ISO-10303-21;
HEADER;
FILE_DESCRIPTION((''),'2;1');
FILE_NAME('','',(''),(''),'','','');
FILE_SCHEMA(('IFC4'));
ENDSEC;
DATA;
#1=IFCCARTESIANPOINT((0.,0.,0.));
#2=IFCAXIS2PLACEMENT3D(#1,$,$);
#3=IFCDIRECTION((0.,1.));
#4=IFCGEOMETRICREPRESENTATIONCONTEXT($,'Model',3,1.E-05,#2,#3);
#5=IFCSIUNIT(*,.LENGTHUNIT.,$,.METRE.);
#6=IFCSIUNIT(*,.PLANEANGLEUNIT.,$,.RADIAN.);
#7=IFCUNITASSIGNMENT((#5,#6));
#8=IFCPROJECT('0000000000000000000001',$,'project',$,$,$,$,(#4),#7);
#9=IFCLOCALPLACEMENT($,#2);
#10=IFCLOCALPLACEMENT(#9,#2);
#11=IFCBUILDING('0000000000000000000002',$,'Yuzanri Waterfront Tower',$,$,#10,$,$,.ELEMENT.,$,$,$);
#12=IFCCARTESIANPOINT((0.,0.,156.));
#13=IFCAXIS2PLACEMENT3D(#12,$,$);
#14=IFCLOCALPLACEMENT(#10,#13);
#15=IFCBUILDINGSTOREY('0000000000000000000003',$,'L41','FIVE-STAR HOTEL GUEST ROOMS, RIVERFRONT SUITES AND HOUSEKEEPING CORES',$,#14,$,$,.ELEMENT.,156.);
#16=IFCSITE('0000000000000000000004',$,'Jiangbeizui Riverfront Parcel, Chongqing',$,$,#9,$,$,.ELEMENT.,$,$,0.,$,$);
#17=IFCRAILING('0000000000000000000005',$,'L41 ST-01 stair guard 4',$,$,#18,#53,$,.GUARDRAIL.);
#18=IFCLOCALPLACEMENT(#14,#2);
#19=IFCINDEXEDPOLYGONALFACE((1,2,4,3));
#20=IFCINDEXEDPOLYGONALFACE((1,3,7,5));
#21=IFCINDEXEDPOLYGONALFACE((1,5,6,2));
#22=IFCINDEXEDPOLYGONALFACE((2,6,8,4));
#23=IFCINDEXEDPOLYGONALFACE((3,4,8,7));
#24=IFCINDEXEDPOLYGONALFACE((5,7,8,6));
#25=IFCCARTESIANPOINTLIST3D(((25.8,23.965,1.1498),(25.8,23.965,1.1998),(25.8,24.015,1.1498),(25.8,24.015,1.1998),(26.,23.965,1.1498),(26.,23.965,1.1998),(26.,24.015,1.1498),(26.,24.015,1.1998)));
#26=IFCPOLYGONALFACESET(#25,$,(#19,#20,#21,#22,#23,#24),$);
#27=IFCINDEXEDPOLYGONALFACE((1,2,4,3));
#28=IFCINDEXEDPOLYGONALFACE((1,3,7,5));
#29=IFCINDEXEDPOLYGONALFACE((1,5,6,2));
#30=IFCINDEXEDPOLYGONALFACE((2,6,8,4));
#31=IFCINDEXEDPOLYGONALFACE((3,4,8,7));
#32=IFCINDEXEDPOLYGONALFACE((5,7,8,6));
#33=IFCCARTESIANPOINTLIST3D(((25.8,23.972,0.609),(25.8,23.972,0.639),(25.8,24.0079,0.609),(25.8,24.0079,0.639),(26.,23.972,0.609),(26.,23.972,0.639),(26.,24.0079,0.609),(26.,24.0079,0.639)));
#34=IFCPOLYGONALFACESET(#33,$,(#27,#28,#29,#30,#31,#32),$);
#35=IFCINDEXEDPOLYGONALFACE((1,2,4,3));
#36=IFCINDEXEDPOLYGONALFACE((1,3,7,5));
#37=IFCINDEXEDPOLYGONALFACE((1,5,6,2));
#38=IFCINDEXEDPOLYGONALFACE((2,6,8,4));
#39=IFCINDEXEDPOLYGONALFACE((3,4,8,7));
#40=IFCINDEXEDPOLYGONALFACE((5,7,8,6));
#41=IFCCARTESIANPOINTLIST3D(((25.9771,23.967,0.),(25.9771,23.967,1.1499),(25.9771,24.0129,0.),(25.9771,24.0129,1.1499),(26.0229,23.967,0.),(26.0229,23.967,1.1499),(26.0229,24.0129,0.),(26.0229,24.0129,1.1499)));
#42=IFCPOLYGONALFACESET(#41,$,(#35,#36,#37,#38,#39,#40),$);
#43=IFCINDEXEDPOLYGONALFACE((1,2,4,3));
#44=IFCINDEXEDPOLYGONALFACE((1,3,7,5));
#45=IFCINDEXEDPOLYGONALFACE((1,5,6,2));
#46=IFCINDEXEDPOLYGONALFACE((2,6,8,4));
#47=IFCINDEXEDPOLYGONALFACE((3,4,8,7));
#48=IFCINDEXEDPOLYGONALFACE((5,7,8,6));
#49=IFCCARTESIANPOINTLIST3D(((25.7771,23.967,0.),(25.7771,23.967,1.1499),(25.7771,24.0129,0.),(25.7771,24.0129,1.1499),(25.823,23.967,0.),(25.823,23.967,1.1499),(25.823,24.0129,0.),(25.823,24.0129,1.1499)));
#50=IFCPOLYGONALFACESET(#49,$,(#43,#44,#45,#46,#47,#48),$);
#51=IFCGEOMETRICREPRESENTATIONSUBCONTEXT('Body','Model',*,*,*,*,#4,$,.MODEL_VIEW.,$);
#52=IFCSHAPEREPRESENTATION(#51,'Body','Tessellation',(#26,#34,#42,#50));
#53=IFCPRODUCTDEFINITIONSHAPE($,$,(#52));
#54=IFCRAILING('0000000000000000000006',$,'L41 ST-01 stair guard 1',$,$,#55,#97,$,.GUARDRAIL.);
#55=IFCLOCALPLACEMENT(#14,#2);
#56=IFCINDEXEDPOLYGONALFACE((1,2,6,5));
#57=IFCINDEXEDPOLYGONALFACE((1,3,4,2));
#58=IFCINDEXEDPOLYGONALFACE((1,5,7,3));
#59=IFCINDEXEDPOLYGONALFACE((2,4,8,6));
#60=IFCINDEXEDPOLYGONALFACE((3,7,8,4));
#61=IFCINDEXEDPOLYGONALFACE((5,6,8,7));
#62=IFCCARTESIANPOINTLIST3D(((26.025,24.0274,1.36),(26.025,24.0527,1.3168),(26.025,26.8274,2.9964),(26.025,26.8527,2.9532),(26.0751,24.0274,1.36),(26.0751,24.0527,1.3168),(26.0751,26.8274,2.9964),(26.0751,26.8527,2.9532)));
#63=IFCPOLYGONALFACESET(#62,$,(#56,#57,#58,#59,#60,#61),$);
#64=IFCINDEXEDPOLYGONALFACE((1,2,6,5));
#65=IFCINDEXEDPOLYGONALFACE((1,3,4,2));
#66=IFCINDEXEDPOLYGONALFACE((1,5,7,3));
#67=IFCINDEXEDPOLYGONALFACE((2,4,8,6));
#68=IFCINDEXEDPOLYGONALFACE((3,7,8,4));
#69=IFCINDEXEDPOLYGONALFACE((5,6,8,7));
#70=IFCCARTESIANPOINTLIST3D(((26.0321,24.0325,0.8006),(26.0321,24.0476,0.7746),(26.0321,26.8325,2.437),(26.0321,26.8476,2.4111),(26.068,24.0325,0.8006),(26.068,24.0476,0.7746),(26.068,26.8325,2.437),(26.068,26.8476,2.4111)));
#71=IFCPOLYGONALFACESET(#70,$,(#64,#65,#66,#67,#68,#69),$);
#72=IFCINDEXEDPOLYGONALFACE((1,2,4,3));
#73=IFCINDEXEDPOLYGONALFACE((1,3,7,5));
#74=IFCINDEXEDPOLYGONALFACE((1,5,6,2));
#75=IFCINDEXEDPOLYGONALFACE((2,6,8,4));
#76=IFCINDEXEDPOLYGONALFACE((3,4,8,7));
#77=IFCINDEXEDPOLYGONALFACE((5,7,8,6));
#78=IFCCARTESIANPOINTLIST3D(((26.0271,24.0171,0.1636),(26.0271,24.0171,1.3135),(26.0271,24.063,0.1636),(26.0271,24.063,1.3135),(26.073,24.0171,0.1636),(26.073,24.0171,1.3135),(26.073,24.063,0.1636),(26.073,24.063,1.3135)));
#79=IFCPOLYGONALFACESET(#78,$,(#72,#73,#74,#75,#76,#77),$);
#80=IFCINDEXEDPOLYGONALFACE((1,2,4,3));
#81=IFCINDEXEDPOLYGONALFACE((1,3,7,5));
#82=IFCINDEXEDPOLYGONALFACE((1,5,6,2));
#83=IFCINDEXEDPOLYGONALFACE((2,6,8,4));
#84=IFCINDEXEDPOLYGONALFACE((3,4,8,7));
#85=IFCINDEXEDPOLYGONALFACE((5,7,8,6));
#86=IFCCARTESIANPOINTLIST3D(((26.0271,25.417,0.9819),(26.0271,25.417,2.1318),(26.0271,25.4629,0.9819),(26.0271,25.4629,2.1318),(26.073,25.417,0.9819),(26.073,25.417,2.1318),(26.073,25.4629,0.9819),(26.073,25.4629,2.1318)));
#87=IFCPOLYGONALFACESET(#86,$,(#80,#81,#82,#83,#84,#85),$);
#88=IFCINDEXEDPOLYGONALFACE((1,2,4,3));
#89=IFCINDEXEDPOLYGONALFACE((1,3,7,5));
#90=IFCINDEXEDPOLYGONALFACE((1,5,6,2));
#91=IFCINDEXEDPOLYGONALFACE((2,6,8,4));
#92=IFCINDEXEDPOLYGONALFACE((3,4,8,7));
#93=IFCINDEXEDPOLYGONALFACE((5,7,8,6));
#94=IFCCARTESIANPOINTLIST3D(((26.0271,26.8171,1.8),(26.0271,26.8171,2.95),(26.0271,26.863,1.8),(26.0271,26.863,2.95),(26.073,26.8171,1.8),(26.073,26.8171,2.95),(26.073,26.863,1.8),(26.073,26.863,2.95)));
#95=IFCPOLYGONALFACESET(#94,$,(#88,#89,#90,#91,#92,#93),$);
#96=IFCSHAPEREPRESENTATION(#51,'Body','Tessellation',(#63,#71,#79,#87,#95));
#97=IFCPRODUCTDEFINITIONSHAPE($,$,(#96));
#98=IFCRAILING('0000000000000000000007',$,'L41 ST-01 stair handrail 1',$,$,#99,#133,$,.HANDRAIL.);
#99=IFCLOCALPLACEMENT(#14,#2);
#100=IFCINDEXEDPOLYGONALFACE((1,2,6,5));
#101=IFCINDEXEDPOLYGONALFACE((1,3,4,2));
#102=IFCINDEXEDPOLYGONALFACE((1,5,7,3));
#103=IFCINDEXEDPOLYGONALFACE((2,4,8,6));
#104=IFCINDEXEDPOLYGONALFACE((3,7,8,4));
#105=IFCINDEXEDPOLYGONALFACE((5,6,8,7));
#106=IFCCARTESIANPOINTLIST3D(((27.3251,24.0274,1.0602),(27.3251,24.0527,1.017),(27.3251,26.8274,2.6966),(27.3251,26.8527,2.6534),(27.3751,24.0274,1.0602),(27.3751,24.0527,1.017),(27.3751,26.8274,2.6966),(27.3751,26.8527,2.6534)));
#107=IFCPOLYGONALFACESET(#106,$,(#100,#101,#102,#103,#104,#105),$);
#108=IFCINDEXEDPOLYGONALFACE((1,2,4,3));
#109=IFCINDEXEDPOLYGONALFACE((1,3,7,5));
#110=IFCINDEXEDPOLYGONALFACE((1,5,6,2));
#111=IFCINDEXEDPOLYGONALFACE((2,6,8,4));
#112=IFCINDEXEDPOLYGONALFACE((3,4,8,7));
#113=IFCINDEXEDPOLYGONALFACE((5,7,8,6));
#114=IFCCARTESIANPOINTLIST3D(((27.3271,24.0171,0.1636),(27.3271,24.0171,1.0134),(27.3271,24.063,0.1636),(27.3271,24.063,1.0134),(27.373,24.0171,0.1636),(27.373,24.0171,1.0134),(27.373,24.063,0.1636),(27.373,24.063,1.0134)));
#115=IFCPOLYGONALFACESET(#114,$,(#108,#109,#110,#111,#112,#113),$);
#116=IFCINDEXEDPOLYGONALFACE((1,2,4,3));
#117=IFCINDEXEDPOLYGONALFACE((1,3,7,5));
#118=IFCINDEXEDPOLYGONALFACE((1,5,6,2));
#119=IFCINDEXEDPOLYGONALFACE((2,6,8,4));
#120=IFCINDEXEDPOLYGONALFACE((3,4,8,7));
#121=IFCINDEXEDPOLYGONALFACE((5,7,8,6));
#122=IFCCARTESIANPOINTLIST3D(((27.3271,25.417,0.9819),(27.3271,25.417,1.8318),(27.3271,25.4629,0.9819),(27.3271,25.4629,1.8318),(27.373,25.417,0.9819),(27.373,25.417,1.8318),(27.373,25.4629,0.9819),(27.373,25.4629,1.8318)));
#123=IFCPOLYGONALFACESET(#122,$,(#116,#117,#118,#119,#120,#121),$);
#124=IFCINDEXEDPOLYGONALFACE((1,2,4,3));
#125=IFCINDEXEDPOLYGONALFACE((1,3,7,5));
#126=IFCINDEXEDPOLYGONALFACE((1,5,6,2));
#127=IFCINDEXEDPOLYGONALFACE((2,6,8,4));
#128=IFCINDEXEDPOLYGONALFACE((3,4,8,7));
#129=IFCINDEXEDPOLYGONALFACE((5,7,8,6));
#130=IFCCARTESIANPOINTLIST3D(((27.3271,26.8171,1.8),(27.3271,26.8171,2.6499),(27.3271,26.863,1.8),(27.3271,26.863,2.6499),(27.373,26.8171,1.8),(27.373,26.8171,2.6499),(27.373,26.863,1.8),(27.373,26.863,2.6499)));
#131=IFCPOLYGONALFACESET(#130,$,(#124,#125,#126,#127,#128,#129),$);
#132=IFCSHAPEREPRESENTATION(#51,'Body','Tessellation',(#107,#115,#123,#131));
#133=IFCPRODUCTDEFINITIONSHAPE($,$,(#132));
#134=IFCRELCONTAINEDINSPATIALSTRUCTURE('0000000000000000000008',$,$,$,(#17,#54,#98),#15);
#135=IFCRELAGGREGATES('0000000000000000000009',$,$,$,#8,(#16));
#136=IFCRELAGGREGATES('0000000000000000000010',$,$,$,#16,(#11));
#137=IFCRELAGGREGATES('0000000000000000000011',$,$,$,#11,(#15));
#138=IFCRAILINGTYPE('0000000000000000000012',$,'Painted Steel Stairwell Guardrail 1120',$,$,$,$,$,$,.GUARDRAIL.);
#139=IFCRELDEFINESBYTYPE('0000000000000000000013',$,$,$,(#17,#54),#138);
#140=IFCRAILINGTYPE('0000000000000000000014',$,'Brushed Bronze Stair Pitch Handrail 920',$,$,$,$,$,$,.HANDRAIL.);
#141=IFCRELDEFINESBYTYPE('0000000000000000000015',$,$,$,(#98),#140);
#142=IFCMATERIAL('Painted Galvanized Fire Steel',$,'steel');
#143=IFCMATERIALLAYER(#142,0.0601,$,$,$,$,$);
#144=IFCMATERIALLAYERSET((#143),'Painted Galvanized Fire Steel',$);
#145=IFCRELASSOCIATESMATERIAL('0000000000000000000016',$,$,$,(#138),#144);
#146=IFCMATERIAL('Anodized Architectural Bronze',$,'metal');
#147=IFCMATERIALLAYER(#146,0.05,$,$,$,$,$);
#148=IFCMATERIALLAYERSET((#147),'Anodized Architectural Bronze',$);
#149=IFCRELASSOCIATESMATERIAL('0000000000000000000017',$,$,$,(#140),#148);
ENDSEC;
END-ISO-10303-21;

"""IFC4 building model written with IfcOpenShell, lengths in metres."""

from ifc_helpers import new_model, si_unit, direction, frame, origin, origin_2d, place, context, subcontext, project, spatial, rectangle, extrude, source, transform, mapped, material, layer, layer_set, type_object, element, save


model = new_model("IFC4")

# Units and contexts
model_context = context("Model", 3, precision=1e-05, world=origin(), true_north=direction((0.0, 1.0)))
body_context = subcontext(model_context, "Body", "Model", "MODEL_VIEW")
ifc_project = project(units=[si_unit("LENGTHUNIT", "METRE"), si_unit("PLANEANGLEUNIT", "RADIAN")], contexts=[model_context])

# Site, building, storey
site_placement = place(None, origin())
site = spatial("IfcSite", under=ifc_project, at=site_placement, Name="Jiangbeizui Riverfront Parcel, Chongqing", CompositionType="ELEMENT", RefElevation=0.0)
building_placement = place(site_placement, origin())
building = spatial("IfcBuilding", under=site, at=building_placement, Name="Yuzanri Waterfront Tower", CompositionType="ELEMENT")
storey_placement = place(building_placement, frame((0.0, 0.0, 156.0)))
storey = spatial("IfcBuildingStorey", under=building, at=storey_placement, Name="L41", Description="FIVE-STAR HOTEL GUEST ROOMS, RIVERFRONT SUITES AND HOUSEKEEPING CORES", CompositionType="ELEMENT", Elevation=156.0)

# Railings
ifc_material_1 = material(Name="Painted Galvanized Fire Steel", Category="steel")
ifc_layer_1 = layer(ifc_material_1, 0.0601)
ifc_layer_set_1 = layer_set([ifc_layer_1], Name="Painted Galvanized Fire Steel")
railing_type_1 = type_object("IfcRailingType", Name="Painted Steel Stairwell Guardrail 1120", PredefinedType="GUARDRAIL", material=ifc_layer_set_1)
shared_shape_1 = source(origin(), body_context, "Body", "SweptSolid", [
    extrude(rectangle(XDim=0.05, YDim=0.05, at=origin_2d()), frame((0.0, 0.0, 1.1748), z_axis=(-1.0, 0.0, 0.0), x_axis=(0.0, -1.0, 0.0)), (0.0, 0.0, 1.0), 0.2),
    extrude(rectangle(XDim=0.0359, YDim=0.03, at=origin_2d()), frame((0.0, 0.0, 0.624), z_axis=(-1.0, 0.0, 0.0), x_axis=(0.0, -1.0, 0.0)), (0.0, 0.0, 1.0), 0.2),
    extrude(rectangle(XDim=0.0459, YDim=0.0459, at=origin_2d()), origin(), (0.0, 0.0, 1.0), 1.1499),
    extrude(rectangle(XDim=0.0459, YDim=0.0459, at=origin_2d()), frame((-0.2, 0.0, 0.0)), (0.0, 0.0, 1.0), 1.1499),
])
railing_1_placement = place(storey_placement, frame((26.0, 23.99, 0.0)))
element("IfcRailing", 1, at=railing_1_placement, inside=storey, type_object=railing_type_1, Name="L41 ST-01 stair guard 4", PredefinedType="GUARDRAIL", context=body_context, shape_type="MappedRepresentation", body=[
    mapped(shared_shape_1, transform((0.0, 0.0, 0.0), scale=1.0)),
])
shared_shape_2 = source(origin(), body_context, "Body", "SweptSolid", [
    extrude(rectangle(XDim=0.05, YDim=0.05, at=origin_2d()), frame((0.0, 0.0, 1.1748), z_axis=(0.0, 0.863361, 0.504587), x_axis=(-1.0, 0.0, 0.0)), (0.0, 0.0, 1.0), 3.2432),
    extrude(rectangle(XDim=0.0359, YDim=0.03, at=origin_2d()), frame((0.0, 0.0, 0.624), z_axis=(0.0, 0.863361, 0.504587), x_axis=(-1.0, 0.0, 0.0)), (0.0, 0.0, 1.0), 3.2432),
    extrude(rectangle(XDim=0.0459, YDim=0.0459, at=origin_2d()), origin(), (0.0, 0.0, 1.0), 1.1499),
    extrude(rectangle(XDim=0.0459, YDim=0.0459, at=origin_2d()), frame((0.0, 1.3999, 0.8184)), (0.0, 0.0, 1.0), 1.1499),
    extrude(rectangle(XDim=0.0459, YDim=0.0459, at=origin_2d()), frame((0.0, 2.8, 1.6365)), (0.0, 0.0, 1.0), 1.1499),
])
railing_2_placement = place(storey_placement, frame((26.05, 24.04, 0.1636)))
element("IfcRailing", 2, at=railing_2_placement, inside=storey, type_object=railing_type_1, Name="L41 ST-01 stair guard 1", PredefinedType="GUARDRAIL", context=body_context, shape_type="MappedRepresentation", body=[
    mapped(shared_shape_2, transform((0.0, 0.0, 0.0), scale=1.0)),
])
ifc_material_2 = material(Name="Anodized Architectural Bronze", Category="metal")
ifc_layer_2 = layer(ifc_material_2, 0.05)
ifc_layer_set_2 = layer_set([ifc_layer_2], Name="Anodized Architectural Bronze")
railing_type_2 = type_object("IfcRailingType", Name="Brushed Bronze Stair Pitch Handrail 920", PredefinedType="HANDRAIL", material=ifc_layer_set_2)
shared_shape_3 = source(origin(), body_context, "Body", "SweptSolid", [
    extrude(rectangle(XDim=0.05, YDim=0.05, at=origin_2d()), frame((0.0, 0.0, 0.875), z_axis=(0.0, 0.863361, 0.504587), x_axis=(-1.0, 0.0, 0.0)), (0.0, 0.0, 1.0), 3.2432),
    extrude(rectangle(XDim=0.0459, YDim=0.0459, at=origin_2d()), origin(), (0.0, 0.0, 1.0), 0.8499),
    extrude(rectangle(XDim=0.0459, YDim=0.0459, at=origin_2d()), frame((0.0, 1.3999, 0.8184)), (0.0, 0.0, 1.0), 0.8499),
    extrude(rectangle(XDim=0.0459, YDim=0.0459, at=origin_2d()), frame((0.0, 2.8, 1.6365)), (0.0, 0.0, 1.0), 0.8499),
])
railing_3_placement = place(storey_placement, frame((27.3501, 24.04, 0.1636)))
element("IfcRailing", 3, at=railing_3_placement, inside=storey, type_object=railing_type_2, Name="L41 ST-01 stair handrail 1", PredefinedType="HANDRAIL", context=body_context, shape_type="MappedRepresentation", body=[
    mapped(shared_shape_3, transform((0.0, 0.0, 0.0), scale=1.0)),
])

save(model, "model.ifc")
